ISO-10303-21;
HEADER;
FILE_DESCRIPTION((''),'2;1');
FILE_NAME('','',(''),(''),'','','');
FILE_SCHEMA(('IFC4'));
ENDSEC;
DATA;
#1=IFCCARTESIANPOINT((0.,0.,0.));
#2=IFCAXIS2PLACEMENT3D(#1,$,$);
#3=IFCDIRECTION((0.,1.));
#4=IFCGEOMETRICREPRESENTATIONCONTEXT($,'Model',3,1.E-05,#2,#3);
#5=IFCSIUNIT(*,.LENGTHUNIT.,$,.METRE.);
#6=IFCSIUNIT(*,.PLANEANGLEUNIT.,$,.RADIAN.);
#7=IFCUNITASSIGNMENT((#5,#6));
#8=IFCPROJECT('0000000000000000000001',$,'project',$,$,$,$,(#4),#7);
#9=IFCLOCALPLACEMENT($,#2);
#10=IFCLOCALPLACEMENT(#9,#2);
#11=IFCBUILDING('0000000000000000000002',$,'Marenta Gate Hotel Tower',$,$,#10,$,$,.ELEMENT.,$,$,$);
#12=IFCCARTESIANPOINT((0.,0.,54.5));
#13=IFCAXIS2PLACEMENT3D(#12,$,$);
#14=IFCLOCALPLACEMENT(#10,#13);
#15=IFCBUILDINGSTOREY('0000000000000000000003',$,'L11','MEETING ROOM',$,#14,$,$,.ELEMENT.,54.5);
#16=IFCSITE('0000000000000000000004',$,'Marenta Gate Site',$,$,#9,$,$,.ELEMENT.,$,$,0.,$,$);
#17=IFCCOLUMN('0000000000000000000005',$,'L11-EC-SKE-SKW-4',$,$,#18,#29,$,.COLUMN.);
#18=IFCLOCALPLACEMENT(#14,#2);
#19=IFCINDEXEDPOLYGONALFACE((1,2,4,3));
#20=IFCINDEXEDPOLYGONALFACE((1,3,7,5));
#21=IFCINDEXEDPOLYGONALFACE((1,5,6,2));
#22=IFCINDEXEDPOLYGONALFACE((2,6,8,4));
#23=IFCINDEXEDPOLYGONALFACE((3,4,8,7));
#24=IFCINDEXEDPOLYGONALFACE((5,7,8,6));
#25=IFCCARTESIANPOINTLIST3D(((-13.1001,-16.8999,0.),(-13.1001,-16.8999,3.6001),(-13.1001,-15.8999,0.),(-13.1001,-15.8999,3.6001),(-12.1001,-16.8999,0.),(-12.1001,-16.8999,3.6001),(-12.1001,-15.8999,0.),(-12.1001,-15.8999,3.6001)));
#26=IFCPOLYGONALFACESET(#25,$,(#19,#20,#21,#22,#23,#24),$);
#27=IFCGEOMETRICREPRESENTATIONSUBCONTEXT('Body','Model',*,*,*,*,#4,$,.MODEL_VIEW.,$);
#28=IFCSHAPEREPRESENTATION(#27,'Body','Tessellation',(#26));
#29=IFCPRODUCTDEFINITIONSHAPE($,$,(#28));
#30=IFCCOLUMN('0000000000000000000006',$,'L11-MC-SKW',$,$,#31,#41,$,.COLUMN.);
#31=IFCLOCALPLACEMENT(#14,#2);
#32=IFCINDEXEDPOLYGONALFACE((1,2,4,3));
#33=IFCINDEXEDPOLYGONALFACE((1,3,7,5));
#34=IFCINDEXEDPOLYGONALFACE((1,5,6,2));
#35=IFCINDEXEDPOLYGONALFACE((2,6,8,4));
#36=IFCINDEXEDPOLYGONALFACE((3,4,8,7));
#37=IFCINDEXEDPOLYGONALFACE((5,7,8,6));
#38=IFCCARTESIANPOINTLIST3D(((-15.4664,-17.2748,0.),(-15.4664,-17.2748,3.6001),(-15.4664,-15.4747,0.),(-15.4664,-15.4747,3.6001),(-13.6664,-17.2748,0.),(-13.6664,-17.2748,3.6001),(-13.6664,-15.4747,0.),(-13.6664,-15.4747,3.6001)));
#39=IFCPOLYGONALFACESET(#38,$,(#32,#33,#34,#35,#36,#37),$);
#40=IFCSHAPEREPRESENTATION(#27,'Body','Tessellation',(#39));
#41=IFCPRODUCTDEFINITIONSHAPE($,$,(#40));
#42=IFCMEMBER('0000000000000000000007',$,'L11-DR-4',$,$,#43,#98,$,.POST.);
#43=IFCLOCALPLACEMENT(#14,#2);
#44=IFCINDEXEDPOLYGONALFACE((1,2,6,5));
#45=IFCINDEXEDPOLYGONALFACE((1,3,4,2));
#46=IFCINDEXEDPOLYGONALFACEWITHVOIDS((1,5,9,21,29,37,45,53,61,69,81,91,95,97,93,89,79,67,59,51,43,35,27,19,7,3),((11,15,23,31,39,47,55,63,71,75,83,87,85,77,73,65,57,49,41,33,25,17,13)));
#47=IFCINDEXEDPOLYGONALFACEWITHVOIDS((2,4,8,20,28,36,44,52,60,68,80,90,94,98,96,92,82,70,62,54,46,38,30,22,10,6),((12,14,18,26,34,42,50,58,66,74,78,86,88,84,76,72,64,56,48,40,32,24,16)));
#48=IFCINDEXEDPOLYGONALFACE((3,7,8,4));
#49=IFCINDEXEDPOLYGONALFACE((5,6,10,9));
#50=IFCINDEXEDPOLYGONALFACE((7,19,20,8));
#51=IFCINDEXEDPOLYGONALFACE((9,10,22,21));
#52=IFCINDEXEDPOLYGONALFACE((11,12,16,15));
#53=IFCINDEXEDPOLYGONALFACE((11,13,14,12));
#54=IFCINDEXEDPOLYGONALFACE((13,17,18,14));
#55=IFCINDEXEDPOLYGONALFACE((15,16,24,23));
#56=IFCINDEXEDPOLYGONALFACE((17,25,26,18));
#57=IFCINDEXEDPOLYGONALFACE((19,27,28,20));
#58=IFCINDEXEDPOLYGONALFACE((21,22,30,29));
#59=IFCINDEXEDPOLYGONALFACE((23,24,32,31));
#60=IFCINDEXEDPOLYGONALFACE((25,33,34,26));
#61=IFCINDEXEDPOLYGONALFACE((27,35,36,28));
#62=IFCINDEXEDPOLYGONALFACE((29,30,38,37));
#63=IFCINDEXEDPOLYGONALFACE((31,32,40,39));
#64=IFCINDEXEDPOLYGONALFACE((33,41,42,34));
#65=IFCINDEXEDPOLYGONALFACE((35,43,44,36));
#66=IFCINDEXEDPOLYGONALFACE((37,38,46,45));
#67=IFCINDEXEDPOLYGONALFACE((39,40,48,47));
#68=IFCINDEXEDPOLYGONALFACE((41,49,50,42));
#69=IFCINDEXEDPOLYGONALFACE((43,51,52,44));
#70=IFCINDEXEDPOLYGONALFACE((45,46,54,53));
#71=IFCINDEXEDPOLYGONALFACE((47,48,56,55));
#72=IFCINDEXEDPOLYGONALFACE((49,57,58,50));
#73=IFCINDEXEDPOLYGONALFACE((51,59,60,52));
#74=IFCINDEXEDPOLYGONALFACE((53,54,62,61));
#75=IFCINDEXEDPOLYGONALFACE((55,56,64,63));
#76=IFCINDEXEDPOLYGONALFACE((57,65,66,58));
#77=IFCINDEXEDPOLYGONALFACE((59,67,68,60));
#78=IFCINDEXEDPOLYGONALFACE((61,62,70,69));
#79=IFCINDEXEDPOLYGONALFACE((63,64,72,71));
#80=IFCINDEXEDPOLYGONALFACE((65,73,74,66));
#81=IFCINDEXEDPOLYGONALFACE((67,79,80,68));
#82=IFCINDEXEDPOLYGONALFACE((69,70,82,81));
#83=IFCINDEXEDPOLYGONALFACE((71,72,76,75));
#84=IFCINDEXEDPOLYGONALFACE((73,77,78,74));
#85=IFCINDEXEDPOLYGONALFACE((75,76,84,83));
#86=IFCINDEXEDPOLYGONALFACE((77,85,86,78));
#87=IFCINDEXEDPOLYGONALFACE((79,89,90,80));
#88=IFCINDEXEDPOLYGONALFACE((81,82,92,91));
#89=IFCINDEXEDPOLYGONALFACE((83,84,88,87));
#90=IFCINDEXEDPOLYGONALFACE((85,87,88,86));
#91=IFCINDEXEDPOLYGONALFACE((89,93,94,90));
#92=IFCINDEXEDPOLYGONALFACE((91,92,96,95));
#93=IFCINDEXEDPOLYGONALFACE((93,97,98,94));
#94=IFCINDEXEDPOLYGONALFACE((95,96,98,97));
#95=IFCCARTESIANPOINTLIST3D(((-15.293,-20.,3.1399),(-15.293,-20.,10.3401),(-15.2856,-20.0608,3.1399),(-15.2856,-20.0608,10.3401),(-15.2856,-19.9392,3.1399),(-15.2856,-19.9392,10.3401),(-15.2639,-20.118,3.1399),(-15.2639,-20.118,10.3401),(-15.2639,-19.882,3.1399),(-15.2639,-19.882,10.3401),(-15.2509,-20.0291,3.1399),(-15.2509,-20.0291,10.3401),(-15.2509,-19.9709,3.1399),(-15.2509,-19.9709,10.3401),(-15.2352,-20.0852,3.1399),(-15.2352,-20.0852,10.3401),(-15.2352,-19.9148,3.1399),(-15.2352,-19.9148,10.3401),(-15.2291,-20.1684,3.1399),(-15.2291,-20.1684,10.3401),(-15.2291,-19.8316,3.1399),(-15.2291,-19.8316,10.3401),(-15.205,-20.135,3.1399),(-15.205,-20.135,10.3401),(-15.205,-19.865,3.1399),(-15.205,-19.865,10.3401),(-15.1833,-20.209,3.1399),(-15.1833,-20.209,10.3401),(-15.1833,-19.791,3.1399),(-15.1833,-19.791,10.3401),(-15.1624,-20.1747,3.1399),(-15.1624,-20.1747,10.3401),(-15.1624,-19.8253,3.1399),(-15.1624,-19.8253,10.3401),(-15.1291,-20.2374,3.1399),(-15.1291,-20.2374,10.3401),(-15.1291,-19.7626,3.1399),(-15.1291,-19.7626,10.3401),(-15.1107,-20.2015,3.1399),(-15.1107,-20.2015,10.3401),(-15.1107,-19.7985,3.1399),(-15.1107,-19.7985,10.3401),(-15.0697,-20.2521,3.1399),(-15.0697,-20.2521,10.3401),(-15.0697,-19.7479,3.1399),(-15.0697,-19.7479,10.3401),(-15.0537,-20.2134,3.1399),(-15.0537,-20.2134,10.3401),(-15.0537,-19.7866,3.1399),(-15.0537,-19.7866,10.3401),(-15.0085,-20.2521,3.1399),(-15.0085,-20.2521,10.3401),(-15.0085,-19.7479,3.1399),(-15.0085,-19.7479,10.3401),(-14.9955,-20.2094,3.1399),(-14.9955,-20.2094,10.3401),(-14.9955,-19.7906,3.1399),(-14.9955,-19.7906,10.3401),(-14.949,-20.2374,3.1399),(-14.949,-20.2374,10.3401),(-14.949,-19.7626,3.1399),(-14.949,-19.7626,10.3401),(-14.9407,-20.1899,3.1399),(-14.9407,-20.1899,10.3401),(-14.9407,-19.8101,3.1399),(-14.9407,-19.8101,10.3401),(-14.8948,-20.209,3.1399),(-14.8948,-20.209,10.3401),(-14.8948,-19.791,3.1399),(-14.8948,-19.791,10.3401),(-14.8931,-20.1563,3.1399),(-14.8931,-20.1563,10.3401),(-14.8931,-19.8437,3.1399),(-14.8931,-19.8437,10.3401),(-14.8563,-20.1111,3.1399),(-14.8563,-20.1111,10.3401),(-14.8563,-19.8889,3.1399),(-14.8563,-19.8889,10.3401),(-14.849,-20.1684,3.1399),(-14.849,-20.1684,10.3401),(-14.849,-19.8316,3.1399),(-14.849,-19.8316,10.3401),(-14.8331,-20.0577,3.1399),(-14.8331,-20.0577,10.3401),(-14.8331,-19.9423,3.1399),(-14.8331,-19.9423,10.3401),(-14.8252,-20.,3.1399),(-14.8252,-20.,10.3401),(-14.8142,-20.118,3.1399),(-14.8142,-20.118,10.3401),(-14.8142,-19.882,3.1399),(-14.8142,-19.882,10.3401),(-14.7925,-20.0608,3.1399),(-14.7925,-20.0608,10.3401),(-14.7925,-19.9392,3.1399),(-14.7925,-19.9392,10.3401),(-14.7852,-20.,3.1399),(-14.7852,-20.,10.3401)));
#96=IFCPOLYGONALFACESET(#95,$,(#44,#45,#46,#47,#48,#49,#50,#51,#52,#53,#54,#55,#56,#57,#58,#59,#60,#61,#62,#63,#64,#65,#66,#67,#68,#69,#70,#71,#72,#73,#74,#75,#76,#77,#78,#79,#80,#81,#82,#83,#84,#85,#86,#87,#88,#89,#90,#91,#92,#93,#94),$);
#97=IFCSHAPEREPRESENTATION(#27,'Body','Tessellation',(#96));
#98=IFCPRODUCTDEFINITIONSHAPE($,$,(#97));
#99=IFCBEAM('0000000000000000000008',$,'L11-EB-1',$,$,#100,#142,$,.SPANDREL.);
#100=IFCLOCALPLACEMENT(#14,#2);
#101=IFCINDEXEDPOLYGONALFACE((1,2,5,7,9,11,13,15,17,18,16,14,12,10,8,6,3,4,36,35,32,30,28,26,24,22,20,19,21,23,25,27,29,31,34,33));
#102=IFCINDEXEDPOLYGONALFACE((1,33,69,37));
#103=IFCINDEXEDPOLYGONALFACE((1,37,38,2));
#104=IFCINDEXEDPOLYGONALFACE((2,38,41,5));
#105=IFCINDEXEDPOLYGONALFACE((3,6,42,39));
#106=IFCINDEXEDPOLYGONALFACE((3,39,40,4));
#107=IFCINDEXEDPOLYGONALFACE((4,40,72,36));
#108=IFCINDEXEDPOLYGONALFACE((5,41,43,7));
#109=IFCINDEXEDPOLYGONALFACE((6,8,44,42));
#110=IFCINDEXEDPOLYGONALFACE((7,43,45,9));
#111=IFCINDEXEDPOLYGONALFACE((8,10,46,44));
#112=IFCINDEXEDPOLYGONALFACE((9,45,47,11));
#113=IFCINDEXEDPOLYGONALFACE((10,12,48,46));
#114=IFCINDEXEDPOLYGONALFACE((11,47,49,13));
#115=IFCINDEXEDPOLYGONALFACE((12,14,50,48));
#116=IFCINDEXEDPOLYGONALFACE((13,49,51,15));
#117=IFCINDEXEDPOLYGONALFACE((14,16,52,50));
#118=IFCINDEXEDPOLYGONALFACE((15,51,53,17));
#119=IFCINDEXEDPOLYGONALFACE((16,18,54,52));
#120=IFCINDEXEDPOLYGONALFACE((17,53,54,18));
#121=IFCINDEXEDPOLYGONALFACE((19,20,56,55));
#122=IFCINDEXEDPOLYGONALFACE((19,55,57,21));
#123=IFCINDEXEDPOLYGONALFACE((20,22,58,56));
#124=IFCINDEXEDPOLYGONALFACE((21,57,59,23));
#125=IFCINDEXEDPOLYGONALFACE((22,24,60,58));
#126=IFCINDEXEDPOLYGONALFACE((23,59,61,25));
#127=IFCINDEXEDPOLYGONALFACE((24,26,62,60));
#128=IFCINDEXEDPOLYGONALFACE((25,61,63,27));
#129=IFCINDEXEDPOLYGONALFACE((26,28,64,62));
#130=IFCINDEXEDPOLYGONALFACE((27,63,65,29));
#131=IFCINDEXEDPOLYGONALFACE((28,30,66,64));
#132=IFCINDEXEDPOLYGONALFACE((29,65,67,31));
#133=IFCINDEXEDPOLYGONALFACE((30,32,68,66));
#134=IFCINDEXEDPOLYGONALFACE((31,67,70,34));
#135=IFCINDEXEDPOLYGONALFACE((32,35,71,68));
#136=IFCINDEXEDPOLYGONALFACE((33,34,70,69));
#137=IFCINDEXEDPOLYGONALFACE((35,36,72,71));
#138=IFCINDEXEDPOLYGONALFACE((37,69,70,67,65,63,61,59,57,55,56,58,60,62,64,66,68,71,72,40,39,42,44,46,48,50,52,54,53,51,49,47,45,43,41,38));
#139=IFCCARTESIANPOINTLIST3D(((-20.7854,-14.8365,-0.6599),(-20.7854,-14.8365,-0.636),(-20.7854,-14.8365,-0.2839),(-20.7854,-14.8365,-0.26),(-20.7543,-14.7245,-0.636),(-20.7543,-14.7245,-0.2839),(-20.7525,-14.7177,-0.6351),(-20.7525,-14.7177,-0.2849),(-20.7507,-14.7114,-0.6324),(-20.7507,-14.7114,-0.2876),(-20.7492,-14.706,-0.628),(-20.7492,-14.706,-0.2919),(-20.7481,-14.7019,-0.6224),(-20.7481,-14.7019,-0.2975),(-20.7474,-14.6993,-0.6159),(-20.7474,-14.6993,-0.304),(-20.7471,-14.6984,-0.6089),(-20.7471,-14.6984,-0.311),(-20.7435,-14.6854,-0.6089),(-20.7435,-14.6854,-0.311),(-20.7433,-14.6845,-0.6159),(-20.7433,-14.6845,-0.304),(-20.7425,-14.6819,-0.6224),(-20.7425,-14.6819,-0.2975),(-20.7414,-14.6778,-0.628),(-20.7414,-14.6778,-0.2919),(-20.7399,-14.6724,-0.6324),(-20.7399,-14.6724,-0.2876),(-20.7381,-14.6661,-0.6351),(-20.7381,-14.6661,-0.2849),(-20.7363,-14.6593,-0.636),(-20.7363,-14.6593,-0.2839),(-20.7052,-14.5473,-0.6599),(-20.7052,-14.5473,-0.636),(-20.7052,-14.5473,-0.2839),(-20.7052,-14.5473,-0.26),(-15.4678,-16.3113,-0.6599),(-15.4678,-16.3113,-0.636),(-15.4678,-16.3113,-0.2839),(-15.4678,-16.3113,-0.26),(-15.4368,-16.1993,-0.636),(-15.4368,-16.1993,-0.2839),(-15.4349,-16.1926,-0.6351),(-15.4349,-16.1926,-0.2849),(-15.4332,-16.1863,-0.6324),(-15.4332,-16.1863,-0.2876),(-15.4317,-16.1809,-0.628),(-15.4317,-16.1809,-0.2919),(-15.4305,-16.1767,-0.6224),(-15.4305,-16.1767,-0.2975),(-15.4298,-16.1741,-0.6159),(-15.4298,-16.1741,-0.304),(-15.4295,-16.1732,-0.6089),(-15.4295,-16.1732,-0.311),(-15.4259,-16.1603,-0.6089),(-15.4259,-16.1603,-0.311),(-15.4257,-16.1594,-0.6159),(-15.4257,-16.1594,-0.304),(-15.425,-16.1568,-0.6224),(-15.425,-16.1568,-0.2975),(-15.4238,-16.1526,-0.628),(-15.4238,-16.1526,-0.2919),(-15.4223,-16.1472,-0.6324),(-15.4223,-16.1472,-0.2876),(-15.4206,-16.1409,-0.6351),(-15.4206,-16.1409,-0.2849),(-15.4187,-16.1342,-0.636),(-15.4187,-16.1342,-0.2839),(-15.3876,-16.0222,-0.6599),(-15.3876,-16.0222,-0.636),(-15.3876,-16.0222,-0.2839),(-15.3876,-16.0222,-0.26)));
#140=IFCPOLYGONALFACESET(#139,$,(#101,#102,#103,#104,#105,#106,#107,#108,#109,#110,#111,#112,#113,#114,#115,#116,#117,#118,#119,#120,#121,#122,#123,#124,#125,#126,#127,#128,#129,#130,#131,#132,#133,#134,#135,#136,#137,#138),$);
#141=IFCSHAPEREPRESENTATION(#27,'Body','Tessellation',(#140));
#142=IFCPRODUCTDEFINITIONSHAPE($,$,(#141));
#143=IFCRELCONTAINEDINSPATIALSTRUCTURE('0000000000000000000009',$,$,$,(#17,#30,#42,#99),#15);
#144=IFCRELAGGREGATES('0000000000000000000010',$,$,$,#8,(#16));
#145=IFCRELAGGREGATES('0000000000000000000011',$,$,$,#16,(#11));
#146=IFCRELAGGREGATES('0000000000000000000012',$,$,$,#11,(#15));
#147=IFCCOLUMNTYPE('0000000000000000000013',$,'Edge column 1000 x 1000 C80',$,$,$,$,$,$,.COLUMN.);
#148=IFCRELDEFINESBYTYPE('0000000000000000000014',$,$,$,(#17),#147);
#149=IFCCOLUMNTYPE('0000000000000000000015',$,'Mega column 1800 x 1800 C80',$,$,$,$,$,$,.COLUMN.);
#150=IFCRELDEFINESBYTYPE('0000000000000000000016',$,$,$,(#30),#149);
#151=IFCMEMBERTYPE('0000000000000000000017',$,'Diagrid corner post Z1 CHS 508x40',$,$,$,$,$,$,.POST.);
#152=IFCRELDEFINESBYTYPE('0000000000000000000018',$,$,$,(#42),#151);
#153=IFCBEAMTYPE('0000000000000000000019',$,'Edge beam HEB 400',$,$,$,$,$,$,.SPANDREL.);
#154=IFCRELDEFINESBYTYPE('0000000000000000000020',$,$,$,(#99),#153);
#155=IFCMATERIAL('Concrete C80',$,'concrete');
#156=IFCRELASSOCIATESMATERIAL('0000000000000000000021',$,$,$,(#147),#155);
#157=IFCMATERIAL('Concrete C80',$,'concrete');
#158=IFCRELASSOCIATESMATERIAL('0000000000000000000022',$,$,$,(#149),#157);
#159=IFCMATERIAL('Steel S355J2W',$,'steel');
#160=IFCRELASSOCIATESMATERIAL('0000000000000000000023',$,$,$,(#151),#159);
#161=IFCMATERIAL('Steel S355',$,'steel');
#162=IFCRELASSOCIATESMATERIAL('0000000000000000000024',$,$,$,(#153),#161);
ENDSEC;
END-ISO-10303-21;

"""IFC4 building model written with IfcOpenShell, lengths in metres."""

from ifc_helpers import new_model, si_unit, direction, frame, origin, origin_2d, place, context, subcontext, project, spatial, rectangle, hollow_circle, i_section, extrude, material, material_profile, profile_set, type_object, element, save


model = new_model("IFC4")

# Units and contexts
model_context = context("Model", 3, precision=1e-05, world=origin(), true_north=direction((0.0, 1.0)))
body_context = subcontext(model_context, "Body", "Model", "MODEL_VIEW")
ifc_project = project(units=[si_unit("LENGTHUNIT", "METRE"), si_unit("PLANEANGLEUNIT", "RADIAN")], contexts=[model_context])

# Site, building, storey
site_placement = place(None, origin())
site = spatial("IfcSite", under=ifc_project, at=site_placement, Name="Marenta Gate Site", CompositionType="ELEMENT", RefElevation=0.0)
building_placement = place(site_placement, origin())
building = spatial("IfcBuilding", under=site, at=building_placement, Name="Marenta Gate Hotel Tower", CompositionType="ELEMENT")
storey_placement = place(building_placement, frame((0.0, 0.0, 54.5)))
storey = spatial("IfcBuildingStorey", under=building, at=storey_placement, Name="L11", Description="MEETING ROOM", CompositionType="ELEMENT", Elevation=54.5)

# Columns
ifc_material_1 = material(Name="Concrete C80", Category="concrete")
ifc_material_profile_1 = material_profile(ifc_material_1, rectangle(XDim=1.0, YDim=1.0, at=origin_2d()), Name="1000 x 1000")
ifc_profile_set_1 = profile_set([ifc_material_profile_1], Name="Concrete C80")
column_type_1 = type_object("IfcColumnType", Name="Edge column 1000 x 1000 C80", PredefinedType="COLUMN", material=ifc_profile_set_1)
column_1_placement = place(storey_placement, frame((-12.6001, -16.3999, 0.0), z_axis=(0.0, 0.0, 1.0), x_axis=(1.0, 0.0, 0.0)))
element("IfcColumn", 1, at=column_1_placement, inside=storey, type_object=column_type_1, Name="L11-EC-SKE-SKW-4", PredefinedType="COLUMN", context=body_context, shape_type="SweptSolid", body=[
    extrude(rectangle(XDim=1.0, YDim=1.0, at=origin_2d()), origin(), (0.0, 0.0, 1.0), 3.6001),
])
ifc_material_2 = material(Name="Concrete C80", Category="concrete")
ifc_material_profile_2 = material_profile(ifc_material_2, rectangle(XDim=1.8, YDim=1.8, at=origin_2d()), Name="1800 x 1800")
ifc_profile_set_2 = profile_set([ifc_material_profile_2], Name="Concrete C80")
column_type_2 = type_object("IfcColumnType", Name="Mega column 1800 x 1800 C80", PredefinedType="COLUMN", material=ifc_profile_set_2)
column_2_placement = place(storey_placement, frame((-14.5664, -16.3748, 0.0), z_axis=(0.0, 0.0, 1.0), x_axis=(1.0, 0.0, 0.0)))
element("IfcColumn", 2, at=column_2_placement, inside=storey, type_object=column_type_2, Name="L11-MC-SKW", PredefinedType="COLUMN", context=body_context, shape_type="SweptSolid", body=[
    extrude(rectangle(XDim=1.8, YDim=1.8, at=origin_2d()), origin(), (0.0, 0.0, 1.0), 3.6001),
])

# Member
ifc_material_3 = material(Name="Steel S355J2W", Category="steel")
ifc_material_profile_3 = material_profile(ifc_material_3, hollow_circle(Radius=0.2539, WallThickness=0.04, at=origin_2d()), Name="CHS 508x40")
ifc_profile_set_3 = profile_set([ifc_material_profile_3], Name="Steel S355J2W")
member_type_1 = type_object("IfcMemberType", Name="Diagrid corner post Z1 CHS 508x40", PredefinedType="POST", material=ifc_profile_set_3)
member_1_placement = place(storey_placement, frame((-15.0391, -20.0, 3.1399), z_axis=(0.0, 0.0, 1.0), x_axis=(1.0, 0.0, 0.0)))
element("IfcMember", 3, at=member_1_placement, inside=storey, type_object=member_type_1, Name="L11-DR-4", PredefinedType="POST", context=body_context, shape_type="SweptSolid", body=[
    extrude(hollow_circle(Radius=0.2539, WallThickness=0.04, at=origin_2d()), origin(), (0.0, 0.0, 1.0), 7.2002),
])

# Beam
ifc_material_4 = material(Name="Steel S355", Category="steel")
ifc_material_profile_4 = material_profile(ifc_material_4, i_section(OverallWidth=0.3, OverallDepth=0.3999, WebThickness=0.0134, FlangeThickness=0.0239, FilletRadius=0.0271, at=origin_2d()), Name="HEB 400")
ifc_profile_set_4 = profile_set([ifc_material_profile_4], Name="Steel S355")
beam_type = type_object("IfcBeamType", Name="Edge beam HEB 400", PredefinedType="SPANDREL", material=ifc_profile_set_4)
beam_placement = place(storey_placement, frame((-15.4277, -16.1667, -0.46), z_axis=(-0.963624, 0.267263, 0.0), x_axis=(-0.267263, -0.963624, 0.0)))
element("IfcBeam", 4, at=beam_placement, inside=storey, type_object=beam_type, Name="L11-EB-1", PredefinedType="SPANDREL", context=body_context, shape_type="SweptSolid", body=[
    extrude(i_section(OverallWidth=0.3, OverallDepth=0.3999, WebThickness=0.0134, FlangeThickness=0.0239, FilletRadius=0.0271, at=origin_2d()), origin(), (0.0, 0.0, 1.0), 5.5183),
])

save(model, "model.ifc")
